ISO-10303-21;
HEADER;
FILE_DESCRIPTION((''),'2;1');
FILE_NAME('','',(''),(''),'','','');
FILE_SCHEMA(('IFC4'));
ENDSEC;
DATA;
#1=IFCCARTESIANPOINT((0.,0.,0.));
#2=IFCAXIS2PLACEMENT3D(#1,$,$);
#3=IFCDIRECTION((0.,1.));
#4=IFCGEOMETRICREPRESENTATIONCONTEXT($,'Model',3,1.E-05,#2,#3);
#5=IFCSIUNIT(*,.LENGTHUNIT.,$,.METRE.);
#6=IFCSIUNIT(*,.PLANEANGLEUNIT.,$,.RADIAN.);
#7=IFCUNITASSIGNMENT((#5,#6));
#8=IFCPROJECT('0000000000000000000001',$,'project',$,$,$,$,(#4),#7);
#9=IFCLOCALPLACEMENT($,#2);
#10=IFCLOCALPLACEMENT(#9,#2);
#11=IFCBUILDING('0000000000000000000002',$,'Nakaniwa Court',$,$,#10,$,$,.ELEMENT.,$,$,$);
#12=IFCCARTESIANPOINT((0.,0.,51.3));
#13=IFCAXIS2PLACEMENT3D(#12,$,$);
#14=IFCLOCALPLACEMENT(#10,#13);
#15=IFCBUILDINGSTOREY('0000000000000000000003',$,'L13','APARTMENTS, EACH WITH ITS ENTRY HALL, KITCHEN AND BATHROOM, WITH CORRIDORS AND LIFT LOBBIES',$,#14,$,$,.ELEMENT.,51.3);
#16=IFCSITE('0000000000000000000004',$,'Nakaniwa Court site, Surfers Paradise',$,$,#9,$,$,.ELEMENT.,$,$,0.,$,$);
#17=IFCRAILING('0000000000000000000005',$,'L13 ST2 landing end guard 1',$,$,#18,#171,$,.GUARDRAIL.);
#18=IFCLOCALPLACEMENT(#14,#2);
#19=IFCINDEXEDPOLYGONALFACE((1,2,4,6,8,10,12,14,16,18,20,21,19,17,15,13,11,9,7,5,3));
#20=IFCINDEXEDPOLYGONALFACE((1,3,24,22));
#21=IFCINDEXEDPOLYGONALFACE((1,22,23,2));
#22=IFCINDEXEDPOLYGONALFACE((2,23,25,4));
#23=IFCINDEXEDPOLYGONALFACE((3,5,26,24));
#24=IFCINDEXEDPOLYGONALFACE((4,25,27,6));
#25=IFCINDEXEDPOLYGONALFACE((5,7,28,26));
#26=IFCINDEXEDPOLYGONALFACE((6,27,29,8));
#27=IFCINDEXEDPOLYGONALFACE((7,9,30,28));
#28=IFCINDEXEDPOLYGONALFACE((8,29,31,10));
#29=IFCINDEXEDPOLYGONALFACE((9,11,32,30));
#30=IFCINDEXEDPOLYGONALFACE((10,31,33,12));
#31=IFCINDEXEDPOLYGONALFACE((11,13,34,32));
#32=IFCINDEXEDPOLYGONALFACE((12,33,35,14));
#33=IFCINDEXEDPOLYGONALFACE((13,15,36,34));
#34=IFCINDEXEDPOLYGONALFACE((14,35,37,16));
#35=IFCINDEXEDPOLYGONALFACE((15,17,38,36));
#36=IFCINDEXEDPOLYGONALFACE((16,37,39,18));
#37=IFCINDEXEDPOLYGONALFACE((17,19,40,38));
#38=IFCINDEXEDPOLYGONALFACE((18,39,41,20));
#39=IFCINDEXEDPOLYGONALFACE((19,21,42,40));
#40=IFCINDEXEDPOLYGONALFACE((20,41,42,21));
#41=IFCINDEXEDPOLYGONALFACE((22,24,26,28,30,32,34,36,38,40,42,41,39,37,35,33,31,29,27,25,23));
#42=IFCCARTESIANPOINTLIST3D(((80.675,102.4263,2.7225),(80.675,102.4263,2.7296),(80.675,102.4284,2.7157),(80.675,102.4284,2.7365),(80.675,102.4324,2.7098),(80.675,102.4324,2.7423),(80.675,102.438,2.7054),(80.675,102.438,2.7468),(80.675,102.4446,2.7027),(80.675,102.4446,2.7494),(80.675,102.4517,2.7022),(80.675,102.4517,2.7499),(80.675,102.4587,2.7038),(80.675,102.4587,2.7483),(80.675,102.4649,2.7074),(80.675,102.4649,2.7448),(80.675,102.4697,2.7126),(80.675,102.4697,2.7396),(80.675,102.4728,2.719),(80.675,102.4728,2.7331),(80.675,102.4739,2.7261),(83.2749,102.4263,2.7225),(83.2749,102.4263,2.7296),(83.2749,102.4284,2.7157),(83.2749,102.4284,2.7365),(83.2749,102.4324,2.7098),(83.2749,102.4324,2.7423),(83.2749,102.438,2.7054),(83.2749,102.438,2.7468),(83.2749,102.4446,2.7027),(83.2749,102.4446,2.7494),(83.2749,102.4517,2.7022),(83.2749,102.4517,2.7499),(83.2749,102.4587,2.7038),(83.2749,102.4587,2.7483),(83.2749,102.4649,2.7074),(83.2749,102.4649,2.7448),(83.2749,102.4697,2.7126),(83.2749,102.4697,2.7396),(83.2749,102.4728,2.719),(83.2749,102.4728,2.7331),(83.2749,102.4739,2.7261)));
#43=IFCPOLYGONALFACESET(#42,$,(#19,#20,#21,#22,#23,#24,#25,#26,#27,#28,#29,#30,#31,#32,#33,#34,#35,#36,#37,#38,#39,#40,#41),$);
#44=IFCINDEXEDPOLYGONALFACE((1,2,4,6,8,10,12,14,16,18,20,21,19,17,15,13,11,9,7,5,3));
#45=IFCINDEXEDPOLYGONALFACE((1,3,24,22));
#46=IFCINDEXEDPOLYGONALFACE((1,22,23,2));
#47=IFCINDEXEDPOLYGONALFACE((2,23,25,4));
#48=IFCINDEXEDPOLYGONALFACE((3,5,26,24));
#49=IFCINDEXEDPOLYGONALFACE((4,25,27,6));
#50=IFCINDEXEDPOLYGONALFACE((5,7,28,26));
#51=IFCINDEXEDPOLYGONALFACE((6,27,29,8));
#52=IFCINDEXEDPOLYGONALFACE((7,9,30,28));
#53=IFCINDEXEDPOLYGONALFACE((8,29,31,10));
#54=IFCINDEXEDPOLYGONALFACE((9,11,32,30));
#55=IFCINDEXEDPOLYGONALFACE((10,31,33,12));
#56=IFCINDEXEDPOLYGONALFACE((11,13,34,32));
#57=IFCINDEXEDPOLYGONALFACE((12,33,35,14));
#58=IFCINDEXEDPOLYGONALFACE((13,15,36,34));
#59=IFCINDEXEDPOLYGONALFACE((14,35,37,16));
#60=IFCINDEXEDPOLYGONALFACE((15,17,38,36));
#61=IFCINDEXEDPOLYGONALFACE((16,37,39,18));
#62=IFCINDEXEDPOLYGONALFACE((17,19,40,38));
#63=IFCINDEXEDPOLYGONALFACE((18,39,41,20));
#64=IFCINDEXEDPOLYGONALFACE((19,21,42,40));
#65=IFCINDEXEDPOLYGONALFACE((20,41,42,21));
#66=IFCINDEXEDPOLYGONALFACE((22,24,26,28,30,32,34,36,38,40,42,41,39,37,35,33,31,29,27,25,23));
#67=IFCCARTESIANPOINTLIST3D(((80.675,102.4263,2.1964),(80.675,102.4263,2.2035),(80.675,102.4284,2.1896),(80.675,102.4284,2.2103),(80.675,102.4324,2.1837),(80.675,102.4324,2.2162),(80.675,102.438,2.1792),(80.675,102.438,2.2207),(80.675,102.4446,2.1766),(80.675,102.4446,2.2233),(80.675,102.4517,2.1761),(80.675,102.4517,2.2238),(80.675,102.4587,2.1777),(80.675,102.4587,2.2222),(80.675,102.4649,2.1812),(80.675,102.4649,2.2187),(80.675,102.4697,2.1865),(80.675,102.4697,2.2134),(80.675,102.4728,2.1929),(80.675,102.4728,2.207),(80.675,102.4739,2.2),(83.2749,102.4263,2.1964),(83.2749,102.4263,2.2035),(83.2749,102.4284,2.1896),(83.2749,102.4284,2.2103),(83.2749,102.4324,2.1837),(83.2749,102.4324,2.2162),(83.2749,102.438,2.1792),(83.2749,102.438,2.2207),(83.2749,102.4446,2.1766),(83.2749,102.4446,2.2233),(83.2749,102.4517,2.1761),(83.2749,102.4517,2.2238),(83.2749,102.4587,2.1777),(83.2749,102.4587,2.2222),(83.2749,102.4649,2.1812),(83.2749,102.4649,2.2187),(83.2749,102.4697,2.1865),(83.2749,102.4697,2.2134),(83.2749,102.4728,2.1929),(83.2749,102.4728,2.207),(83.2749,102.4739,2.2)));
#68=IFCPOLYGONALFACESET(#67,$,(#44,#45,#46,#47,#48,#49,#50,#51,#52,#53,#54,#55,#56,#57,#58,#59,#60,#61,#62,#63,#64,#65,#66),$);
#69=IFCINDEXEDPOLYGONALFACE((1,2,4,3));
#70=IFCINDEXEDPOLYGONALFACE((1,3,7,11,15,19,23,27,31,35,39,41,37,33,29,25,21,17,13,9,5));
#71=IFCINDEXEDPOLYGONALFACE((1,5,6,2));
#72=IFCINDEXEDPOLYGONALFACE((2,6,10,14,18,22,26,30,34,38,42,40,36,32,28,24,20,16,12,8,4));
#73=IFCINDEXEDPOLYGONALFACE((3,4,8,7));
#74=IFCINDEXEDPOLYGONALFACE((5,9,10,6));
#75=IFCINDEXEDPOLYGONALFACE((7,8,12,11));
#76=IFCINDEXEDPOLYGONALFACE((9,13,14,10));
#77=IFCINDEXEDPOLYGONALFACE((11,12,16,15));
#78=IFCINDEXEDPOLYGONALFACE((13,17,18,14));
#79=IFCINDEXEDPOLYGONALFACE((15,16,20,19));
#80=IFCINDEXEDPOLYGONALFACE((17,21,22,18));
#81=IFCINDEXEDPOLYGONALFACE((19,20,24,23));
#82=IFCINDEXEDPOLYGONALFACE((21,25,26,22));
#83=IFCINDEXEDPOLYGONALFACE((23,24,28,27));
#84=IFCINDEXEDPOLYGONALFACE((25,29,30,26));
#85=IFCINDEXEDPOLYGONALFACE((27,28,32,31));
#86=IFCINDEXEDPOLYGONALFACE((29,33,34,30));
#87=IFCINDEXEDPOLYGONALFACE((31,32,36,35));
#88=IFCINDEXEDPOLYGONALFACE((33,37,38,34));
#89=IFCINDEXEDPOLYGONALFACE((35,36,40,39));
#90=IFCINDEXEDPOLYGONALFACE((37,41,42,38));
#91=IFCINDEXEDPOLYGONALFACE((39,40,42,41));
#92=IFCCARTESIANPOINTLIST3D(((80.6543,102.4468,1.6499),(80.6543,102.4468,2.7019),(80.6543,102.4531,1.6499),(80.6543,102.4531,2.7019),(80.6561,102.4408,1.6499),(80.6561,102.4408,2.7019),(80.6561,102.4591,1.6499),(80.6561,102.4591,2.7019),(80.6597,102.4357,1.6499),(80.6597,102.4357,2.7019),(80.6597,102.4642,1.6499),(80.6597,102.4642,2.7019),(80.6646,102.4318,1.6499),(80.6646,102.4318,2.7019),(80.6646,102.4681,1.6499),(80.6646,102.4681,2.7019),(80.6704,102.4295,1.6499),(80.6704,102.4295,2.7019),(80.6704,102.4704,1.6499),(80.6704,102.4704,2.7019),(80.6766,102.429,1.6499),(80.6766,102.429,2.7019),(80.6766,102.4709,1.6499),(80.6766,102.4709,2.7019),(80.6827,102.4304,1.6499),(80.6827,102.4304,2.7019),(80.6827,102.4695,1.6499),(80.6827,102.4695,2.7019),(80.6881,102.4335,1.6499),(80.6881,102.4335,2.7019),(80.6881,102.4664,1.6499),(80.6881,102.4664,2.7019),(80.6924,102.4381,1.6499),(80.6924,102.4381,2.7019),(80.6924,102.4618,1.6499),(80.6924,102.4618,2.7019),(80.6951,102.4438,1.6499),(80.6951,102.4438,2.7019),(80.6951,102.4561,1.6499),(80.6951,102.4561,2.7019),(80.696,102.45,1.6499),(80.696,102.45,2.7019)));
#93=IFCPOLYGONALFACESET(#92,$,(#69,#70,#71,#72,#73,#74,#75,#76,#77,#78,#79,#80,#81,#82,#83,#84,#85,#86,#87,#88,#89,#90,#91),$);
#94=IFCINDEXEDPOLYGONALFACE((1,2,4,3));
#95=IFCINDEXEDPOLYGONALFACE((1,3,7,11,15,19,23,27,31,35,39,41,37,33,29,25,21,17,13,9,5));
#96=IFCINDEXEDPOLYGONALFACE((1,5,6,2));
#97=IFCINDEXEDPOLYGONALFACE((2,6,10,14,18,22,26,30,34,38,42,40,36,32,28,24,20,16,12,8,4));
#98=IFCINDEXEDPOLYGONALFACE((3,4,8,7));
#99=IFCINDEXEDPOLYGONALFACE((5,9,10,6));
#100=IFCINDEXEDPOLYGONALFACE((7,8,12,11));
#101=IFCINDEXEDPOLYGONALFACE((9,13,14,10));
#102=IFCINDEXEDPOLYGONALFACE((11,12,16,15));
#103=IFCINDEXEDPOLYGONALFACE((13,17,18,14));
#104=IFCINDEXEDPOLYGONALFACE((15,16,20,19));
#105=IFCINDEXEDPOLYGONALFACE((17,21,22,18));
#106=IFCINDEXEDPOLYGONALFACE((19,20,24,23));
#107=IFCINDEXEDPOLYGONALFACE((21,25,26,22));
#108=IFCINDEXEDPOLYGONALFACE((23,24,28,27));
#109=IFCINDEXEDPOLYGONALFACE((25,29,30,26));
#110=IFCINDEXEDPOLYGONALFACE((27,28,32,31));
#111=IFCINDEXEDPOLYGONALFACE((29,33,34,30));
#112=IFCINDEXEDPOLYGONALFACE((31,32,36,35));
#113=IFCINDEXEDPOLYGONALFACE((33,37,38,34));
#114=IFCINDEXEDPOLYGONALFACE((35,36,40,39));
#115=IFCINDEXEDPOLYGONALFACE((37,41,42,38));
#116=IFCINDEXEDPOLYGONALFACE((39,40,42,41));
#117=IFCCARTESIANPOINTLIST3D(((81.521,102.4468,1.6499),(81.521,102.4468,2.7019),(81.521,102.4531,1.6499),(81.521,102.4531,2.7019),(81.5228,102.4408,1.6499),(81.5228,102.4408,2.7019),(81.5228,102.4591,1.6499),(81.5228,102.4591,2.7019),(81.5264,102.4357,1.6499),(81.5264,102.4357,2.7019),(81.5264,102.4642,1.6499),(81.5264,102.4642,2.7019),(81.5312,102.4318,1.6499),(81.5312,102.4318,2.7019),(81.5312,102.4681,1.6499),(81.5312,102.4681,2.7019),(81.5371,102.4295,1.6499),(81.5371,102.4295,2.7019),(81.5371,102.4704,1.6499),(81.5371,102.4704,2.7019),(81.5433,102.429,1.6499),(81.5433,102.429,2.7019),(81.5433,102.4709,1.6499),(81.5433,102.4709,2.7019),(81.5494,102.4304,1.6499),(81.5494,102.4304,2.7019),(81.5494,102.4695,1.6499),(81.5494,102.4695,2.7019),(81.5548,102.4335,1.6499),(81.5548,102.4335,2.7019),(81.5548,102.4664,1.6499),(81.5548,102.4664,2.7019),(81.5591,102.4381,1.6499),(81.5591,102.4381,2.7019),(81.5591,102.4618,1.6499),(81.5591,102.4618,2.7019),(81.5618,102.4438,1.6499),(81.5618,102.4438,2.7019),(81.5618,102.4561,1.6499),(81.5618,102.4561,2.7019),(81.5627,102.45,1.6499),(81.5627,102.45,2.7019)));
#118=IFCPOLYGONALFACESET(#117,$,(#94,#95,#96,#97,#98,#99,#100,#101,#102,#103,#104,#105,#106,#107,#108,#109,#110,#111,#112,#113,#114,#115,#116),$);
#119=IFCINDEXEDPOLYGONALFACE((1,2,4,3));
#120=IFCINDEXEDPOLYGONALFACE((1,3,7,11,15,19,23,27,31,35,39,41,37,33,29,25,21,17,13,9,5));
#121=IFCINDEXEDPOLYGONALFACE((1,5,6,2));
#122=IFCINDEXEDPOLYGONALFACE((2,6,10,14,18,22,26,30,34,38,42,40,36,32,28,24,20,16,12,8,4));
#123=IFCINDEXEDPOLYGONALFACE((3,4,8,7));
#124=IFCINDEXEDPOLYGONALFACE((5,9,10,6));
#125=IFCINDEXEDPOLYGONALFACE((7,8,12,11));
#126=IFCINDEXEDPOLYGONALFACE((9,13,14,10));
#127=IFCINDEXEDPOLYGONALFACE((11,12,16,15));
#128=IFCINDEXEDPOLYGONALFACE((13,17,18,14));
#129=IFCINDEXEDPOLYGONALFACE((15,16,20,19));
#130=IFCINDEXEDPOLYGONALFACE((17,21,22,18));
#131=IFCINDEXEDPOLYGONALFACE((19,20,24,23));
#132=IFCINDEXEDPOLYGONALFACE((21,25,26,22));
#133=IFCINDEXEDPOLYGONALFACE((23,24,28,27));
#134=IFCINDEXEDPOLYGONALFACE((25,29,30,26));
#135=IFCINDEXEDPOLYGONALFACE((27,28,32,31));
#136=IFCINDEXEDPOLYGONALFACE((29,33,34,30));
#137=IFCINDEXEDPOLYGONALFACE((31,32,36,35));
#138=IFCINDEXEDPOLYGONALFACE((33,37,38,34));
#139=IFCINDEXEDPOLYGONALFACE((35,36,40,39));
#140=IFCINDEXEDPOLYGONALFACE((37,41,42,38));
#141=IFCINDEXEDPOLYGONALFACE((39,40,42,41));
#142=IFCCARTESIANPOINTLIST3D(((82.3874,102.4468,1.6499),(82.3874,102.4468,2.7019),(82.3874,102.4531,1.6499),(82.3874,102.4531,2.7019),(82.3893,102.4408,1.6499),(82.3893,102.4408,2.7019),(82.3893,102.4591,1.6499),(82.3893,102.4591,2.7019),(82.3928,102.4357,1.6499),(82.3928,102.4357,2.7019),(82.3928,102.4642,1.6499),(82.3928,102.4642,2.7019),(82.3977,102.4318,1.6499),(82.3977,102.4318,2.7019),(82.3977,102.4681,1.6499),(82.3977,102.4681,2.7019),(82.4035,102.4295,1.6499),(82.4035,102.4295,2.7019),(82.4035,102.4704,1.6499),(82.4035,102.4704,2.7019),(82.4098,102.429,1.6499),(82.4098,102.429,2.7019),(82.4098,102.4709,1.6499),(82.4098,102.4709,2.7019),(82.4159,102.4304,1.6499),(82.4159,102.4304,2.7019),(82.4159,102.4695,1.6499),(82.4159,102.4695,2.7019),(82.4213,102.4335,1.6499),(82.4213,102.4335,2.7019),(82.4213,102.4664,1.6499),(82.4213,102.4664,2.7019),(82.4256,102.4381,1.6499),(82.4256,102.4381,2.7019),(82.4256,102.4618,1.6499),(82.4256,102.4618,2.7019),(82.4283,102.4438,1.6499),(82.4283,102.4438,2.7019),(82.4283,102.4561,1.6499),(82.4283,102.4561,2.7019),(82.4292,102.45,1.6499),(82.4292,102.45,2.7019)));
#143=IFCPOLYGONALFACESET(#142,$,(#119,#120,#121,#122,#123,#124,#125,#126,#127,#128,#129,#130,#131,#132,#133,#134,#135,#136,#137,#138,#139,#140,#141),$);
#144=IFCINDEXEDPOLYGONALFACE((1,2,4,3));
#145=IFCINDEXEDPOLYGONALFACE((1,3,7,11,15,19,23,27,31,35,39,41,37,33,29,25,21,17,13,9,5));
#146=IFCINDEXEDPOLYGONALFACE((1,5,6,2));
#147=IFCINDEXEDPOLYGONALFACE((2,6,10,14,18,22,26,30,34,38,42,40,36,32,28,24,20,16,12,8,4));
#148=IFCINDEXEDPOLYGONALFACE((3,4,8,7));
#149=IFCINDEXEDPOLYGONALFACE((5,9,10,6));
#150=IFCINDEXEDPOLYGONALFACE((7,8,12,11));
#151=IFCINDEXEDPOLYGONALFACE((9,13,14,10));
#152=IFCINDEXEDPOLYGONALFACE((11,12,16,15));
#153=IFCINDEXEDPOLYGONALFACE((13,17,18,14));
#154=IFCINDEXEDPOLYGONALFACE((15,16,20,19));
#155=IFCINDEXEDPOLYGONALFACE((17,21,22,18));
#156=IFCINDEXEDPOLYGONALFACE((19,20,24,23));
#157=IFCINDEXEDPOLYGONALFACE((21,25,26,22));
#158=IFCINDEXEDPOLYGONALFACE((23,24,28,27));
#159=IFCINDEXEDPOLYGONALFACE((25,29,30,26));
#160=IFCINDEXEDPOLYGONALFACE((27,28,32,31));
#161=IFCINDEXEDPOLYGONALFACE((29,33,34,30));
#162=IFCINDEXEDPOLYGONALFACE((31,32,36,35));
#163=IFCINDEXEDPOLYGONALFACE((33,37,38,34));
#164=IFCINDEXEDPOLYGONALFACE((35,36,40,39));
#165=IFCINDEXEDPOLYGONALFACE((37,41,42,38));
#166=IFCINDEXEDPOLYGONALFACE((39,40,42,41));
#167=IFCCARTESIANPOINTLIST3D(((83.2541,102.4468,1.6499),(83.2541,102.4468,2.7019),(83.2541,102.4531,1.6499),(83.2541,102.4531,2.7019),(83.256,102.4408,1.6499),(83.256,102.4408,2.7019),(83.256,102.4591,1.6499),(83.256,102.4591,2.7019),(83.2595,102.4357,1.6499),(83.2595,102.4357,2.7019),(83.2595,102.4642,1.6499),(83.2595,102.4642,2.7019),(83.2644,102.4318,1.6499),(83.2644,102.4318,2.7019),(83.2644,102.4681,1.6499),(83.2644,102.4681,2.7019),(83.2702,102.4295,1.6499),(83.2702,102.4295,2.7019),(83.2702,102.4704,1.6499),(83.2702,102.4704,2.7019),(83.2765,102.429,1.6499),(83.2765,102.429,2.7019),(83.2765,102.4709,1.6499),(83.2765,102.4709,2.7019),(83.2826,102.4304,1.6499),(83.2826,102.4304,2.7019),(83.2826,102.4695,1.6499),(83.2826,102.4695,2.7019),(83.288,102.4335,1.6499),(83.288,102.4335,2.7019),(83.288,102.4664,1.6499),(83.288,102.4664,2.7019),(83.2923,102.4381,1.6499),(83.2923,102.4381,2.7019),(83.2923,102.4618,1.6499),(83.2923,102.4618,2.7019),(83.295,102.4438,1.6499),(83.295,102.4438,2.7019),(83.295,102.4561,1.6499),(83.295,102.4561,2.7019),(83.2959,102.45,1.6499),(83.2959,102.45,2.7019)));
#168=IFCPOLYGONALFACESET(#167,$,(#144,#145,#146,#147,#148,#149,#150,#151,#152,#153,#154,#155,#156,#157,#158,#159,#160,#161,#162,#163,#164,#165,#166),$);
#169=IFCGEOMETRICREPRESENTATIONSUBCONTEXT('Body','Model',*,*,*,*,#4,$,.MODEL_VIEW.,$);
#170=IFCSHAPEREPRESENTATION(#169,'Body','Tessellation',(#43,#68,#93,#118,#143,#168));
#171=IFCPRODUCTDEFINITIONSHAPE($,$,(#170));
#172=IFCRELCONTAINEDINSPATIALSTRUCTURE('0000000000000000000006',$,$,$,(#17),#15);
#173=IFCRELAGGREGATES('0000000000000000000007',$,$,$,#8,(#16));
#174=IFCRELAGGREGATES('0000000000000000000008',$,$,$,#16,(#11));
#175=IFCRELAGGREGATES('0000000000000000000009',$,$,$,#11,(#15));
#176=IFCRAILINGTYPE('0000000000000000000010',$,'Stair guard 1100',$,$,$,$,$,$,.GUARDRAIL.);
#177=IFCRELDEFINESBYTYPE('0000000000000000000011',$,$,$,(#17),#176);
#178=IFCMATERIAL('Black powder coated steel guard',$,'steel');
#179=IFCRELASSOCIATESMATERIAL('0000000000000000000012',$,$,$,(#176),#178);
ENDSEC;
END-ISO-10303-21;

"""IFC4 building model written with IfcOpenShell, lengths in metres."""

from ifc_helpers import new_model, si_unit, direction, frame, origin, origin_2d, place, context, subcontext, project, spatial, circle, extrude, material, type_object, element, save


model = new_model("IFC4")

# Units and contexts
model_context = context("Model", 3, precision=1e-05, world=origin(), true_north=direction((0.0, 1.0)))
body_context = subcontext(model_context, "Body", "Model", "MODEL_VIEW")
ifc_project = project(units=[si_unit("LENGTHUNIT", "METRE"), si_unit("PLANEANGLEUNIT", "RADIAN")], contexts=[model_context])

# Site, building, storey
site_placement = place(None, origin())
site = spatial("IfcSite", under=ifc_project, at=site_placement, Name="Nakaniwa Court site, Surfers Paradise", CompositionType="ELEMENT", RefElevation=0.0)
building_placement = place(site_placement, origin())
building = spatial("IfcBuilding", under=site, at=building_placement, Name="Nakaniwa Court", CompositionType="ELEMENT")
storey_placement = place(building_placement, frame((0.0, 0.0, 51.3)))
storey = spatial("IfcBuildingStorey", under=building, at=storey_placement, Name="L13", Description="APARTMENTS, EACH WITH ITS ENTRY HALL, KITCHEN AND BATHROOM, WITH CORRIDORS AND LIFT LOBBIES", CompositionType="ELEMENT", Elevation=51.3)

# Railing
ifc_material_1 = material(Name="Black powder coated steel guard", Category="steel")
railing_type_1 = type_object("IfcRailingType", Name="Stair guard 1100", PredefinedType="GUARDRAIL", material=ifc_material_1)
railing_1_placement = place(storey_placement, frame((80.675, 102.45, 1.6499)))
element("IfcRailing", 1, at=railing_1_placement, inside=storey, type_object=railing_type_1, Name="L13 ST2 landing end guard 1", PredefinedType="GUARDRAIL", context=body_context, shape_type="SweptSolid", body=[
    extrude(circle(Radius=0.0239, at=origin_2d()), frame((0.0, 0.0, 1.0762), z_axis=(1.0, 0.0, 0.0), x_axis=(0.0, 1.0, 0.0)), (0.0, 0.0, 1.0), 2.5999),
    extrude(circle(Radius=0.0239, at=origin_2d()), frame((0.0, 0.0, 0.55), z_axis=(1.0, 0.0, 0.0), x_axis=(0.0, 1.0, 0.0)), (0.0, 0.0, 1.0), 2.5999),
    extrude(circle(Radius=0.021, at=origin_2d()), origin(), (0.0, 0.0, 1.0), 1.052),
    extrude(circle(Radius=0.021, at=origin_2d()), frame((0.8667, 0.0, 0.0)), (0.0, 0.0, 1.0), 1.052),
    extrude(circle(Radius=0.021, at=origin_2d()), frame((1.7332, 0.0, 0.0)), (0.0, 0.0, 1.0), 1.052),
    extrude(circle(Radius=0.021, at=origin_2d()), frame((2.5999, 0.0, 0.0)), (0.0, 0.0, 1.0), 1.052),
])

save(model, "model.ifc")
